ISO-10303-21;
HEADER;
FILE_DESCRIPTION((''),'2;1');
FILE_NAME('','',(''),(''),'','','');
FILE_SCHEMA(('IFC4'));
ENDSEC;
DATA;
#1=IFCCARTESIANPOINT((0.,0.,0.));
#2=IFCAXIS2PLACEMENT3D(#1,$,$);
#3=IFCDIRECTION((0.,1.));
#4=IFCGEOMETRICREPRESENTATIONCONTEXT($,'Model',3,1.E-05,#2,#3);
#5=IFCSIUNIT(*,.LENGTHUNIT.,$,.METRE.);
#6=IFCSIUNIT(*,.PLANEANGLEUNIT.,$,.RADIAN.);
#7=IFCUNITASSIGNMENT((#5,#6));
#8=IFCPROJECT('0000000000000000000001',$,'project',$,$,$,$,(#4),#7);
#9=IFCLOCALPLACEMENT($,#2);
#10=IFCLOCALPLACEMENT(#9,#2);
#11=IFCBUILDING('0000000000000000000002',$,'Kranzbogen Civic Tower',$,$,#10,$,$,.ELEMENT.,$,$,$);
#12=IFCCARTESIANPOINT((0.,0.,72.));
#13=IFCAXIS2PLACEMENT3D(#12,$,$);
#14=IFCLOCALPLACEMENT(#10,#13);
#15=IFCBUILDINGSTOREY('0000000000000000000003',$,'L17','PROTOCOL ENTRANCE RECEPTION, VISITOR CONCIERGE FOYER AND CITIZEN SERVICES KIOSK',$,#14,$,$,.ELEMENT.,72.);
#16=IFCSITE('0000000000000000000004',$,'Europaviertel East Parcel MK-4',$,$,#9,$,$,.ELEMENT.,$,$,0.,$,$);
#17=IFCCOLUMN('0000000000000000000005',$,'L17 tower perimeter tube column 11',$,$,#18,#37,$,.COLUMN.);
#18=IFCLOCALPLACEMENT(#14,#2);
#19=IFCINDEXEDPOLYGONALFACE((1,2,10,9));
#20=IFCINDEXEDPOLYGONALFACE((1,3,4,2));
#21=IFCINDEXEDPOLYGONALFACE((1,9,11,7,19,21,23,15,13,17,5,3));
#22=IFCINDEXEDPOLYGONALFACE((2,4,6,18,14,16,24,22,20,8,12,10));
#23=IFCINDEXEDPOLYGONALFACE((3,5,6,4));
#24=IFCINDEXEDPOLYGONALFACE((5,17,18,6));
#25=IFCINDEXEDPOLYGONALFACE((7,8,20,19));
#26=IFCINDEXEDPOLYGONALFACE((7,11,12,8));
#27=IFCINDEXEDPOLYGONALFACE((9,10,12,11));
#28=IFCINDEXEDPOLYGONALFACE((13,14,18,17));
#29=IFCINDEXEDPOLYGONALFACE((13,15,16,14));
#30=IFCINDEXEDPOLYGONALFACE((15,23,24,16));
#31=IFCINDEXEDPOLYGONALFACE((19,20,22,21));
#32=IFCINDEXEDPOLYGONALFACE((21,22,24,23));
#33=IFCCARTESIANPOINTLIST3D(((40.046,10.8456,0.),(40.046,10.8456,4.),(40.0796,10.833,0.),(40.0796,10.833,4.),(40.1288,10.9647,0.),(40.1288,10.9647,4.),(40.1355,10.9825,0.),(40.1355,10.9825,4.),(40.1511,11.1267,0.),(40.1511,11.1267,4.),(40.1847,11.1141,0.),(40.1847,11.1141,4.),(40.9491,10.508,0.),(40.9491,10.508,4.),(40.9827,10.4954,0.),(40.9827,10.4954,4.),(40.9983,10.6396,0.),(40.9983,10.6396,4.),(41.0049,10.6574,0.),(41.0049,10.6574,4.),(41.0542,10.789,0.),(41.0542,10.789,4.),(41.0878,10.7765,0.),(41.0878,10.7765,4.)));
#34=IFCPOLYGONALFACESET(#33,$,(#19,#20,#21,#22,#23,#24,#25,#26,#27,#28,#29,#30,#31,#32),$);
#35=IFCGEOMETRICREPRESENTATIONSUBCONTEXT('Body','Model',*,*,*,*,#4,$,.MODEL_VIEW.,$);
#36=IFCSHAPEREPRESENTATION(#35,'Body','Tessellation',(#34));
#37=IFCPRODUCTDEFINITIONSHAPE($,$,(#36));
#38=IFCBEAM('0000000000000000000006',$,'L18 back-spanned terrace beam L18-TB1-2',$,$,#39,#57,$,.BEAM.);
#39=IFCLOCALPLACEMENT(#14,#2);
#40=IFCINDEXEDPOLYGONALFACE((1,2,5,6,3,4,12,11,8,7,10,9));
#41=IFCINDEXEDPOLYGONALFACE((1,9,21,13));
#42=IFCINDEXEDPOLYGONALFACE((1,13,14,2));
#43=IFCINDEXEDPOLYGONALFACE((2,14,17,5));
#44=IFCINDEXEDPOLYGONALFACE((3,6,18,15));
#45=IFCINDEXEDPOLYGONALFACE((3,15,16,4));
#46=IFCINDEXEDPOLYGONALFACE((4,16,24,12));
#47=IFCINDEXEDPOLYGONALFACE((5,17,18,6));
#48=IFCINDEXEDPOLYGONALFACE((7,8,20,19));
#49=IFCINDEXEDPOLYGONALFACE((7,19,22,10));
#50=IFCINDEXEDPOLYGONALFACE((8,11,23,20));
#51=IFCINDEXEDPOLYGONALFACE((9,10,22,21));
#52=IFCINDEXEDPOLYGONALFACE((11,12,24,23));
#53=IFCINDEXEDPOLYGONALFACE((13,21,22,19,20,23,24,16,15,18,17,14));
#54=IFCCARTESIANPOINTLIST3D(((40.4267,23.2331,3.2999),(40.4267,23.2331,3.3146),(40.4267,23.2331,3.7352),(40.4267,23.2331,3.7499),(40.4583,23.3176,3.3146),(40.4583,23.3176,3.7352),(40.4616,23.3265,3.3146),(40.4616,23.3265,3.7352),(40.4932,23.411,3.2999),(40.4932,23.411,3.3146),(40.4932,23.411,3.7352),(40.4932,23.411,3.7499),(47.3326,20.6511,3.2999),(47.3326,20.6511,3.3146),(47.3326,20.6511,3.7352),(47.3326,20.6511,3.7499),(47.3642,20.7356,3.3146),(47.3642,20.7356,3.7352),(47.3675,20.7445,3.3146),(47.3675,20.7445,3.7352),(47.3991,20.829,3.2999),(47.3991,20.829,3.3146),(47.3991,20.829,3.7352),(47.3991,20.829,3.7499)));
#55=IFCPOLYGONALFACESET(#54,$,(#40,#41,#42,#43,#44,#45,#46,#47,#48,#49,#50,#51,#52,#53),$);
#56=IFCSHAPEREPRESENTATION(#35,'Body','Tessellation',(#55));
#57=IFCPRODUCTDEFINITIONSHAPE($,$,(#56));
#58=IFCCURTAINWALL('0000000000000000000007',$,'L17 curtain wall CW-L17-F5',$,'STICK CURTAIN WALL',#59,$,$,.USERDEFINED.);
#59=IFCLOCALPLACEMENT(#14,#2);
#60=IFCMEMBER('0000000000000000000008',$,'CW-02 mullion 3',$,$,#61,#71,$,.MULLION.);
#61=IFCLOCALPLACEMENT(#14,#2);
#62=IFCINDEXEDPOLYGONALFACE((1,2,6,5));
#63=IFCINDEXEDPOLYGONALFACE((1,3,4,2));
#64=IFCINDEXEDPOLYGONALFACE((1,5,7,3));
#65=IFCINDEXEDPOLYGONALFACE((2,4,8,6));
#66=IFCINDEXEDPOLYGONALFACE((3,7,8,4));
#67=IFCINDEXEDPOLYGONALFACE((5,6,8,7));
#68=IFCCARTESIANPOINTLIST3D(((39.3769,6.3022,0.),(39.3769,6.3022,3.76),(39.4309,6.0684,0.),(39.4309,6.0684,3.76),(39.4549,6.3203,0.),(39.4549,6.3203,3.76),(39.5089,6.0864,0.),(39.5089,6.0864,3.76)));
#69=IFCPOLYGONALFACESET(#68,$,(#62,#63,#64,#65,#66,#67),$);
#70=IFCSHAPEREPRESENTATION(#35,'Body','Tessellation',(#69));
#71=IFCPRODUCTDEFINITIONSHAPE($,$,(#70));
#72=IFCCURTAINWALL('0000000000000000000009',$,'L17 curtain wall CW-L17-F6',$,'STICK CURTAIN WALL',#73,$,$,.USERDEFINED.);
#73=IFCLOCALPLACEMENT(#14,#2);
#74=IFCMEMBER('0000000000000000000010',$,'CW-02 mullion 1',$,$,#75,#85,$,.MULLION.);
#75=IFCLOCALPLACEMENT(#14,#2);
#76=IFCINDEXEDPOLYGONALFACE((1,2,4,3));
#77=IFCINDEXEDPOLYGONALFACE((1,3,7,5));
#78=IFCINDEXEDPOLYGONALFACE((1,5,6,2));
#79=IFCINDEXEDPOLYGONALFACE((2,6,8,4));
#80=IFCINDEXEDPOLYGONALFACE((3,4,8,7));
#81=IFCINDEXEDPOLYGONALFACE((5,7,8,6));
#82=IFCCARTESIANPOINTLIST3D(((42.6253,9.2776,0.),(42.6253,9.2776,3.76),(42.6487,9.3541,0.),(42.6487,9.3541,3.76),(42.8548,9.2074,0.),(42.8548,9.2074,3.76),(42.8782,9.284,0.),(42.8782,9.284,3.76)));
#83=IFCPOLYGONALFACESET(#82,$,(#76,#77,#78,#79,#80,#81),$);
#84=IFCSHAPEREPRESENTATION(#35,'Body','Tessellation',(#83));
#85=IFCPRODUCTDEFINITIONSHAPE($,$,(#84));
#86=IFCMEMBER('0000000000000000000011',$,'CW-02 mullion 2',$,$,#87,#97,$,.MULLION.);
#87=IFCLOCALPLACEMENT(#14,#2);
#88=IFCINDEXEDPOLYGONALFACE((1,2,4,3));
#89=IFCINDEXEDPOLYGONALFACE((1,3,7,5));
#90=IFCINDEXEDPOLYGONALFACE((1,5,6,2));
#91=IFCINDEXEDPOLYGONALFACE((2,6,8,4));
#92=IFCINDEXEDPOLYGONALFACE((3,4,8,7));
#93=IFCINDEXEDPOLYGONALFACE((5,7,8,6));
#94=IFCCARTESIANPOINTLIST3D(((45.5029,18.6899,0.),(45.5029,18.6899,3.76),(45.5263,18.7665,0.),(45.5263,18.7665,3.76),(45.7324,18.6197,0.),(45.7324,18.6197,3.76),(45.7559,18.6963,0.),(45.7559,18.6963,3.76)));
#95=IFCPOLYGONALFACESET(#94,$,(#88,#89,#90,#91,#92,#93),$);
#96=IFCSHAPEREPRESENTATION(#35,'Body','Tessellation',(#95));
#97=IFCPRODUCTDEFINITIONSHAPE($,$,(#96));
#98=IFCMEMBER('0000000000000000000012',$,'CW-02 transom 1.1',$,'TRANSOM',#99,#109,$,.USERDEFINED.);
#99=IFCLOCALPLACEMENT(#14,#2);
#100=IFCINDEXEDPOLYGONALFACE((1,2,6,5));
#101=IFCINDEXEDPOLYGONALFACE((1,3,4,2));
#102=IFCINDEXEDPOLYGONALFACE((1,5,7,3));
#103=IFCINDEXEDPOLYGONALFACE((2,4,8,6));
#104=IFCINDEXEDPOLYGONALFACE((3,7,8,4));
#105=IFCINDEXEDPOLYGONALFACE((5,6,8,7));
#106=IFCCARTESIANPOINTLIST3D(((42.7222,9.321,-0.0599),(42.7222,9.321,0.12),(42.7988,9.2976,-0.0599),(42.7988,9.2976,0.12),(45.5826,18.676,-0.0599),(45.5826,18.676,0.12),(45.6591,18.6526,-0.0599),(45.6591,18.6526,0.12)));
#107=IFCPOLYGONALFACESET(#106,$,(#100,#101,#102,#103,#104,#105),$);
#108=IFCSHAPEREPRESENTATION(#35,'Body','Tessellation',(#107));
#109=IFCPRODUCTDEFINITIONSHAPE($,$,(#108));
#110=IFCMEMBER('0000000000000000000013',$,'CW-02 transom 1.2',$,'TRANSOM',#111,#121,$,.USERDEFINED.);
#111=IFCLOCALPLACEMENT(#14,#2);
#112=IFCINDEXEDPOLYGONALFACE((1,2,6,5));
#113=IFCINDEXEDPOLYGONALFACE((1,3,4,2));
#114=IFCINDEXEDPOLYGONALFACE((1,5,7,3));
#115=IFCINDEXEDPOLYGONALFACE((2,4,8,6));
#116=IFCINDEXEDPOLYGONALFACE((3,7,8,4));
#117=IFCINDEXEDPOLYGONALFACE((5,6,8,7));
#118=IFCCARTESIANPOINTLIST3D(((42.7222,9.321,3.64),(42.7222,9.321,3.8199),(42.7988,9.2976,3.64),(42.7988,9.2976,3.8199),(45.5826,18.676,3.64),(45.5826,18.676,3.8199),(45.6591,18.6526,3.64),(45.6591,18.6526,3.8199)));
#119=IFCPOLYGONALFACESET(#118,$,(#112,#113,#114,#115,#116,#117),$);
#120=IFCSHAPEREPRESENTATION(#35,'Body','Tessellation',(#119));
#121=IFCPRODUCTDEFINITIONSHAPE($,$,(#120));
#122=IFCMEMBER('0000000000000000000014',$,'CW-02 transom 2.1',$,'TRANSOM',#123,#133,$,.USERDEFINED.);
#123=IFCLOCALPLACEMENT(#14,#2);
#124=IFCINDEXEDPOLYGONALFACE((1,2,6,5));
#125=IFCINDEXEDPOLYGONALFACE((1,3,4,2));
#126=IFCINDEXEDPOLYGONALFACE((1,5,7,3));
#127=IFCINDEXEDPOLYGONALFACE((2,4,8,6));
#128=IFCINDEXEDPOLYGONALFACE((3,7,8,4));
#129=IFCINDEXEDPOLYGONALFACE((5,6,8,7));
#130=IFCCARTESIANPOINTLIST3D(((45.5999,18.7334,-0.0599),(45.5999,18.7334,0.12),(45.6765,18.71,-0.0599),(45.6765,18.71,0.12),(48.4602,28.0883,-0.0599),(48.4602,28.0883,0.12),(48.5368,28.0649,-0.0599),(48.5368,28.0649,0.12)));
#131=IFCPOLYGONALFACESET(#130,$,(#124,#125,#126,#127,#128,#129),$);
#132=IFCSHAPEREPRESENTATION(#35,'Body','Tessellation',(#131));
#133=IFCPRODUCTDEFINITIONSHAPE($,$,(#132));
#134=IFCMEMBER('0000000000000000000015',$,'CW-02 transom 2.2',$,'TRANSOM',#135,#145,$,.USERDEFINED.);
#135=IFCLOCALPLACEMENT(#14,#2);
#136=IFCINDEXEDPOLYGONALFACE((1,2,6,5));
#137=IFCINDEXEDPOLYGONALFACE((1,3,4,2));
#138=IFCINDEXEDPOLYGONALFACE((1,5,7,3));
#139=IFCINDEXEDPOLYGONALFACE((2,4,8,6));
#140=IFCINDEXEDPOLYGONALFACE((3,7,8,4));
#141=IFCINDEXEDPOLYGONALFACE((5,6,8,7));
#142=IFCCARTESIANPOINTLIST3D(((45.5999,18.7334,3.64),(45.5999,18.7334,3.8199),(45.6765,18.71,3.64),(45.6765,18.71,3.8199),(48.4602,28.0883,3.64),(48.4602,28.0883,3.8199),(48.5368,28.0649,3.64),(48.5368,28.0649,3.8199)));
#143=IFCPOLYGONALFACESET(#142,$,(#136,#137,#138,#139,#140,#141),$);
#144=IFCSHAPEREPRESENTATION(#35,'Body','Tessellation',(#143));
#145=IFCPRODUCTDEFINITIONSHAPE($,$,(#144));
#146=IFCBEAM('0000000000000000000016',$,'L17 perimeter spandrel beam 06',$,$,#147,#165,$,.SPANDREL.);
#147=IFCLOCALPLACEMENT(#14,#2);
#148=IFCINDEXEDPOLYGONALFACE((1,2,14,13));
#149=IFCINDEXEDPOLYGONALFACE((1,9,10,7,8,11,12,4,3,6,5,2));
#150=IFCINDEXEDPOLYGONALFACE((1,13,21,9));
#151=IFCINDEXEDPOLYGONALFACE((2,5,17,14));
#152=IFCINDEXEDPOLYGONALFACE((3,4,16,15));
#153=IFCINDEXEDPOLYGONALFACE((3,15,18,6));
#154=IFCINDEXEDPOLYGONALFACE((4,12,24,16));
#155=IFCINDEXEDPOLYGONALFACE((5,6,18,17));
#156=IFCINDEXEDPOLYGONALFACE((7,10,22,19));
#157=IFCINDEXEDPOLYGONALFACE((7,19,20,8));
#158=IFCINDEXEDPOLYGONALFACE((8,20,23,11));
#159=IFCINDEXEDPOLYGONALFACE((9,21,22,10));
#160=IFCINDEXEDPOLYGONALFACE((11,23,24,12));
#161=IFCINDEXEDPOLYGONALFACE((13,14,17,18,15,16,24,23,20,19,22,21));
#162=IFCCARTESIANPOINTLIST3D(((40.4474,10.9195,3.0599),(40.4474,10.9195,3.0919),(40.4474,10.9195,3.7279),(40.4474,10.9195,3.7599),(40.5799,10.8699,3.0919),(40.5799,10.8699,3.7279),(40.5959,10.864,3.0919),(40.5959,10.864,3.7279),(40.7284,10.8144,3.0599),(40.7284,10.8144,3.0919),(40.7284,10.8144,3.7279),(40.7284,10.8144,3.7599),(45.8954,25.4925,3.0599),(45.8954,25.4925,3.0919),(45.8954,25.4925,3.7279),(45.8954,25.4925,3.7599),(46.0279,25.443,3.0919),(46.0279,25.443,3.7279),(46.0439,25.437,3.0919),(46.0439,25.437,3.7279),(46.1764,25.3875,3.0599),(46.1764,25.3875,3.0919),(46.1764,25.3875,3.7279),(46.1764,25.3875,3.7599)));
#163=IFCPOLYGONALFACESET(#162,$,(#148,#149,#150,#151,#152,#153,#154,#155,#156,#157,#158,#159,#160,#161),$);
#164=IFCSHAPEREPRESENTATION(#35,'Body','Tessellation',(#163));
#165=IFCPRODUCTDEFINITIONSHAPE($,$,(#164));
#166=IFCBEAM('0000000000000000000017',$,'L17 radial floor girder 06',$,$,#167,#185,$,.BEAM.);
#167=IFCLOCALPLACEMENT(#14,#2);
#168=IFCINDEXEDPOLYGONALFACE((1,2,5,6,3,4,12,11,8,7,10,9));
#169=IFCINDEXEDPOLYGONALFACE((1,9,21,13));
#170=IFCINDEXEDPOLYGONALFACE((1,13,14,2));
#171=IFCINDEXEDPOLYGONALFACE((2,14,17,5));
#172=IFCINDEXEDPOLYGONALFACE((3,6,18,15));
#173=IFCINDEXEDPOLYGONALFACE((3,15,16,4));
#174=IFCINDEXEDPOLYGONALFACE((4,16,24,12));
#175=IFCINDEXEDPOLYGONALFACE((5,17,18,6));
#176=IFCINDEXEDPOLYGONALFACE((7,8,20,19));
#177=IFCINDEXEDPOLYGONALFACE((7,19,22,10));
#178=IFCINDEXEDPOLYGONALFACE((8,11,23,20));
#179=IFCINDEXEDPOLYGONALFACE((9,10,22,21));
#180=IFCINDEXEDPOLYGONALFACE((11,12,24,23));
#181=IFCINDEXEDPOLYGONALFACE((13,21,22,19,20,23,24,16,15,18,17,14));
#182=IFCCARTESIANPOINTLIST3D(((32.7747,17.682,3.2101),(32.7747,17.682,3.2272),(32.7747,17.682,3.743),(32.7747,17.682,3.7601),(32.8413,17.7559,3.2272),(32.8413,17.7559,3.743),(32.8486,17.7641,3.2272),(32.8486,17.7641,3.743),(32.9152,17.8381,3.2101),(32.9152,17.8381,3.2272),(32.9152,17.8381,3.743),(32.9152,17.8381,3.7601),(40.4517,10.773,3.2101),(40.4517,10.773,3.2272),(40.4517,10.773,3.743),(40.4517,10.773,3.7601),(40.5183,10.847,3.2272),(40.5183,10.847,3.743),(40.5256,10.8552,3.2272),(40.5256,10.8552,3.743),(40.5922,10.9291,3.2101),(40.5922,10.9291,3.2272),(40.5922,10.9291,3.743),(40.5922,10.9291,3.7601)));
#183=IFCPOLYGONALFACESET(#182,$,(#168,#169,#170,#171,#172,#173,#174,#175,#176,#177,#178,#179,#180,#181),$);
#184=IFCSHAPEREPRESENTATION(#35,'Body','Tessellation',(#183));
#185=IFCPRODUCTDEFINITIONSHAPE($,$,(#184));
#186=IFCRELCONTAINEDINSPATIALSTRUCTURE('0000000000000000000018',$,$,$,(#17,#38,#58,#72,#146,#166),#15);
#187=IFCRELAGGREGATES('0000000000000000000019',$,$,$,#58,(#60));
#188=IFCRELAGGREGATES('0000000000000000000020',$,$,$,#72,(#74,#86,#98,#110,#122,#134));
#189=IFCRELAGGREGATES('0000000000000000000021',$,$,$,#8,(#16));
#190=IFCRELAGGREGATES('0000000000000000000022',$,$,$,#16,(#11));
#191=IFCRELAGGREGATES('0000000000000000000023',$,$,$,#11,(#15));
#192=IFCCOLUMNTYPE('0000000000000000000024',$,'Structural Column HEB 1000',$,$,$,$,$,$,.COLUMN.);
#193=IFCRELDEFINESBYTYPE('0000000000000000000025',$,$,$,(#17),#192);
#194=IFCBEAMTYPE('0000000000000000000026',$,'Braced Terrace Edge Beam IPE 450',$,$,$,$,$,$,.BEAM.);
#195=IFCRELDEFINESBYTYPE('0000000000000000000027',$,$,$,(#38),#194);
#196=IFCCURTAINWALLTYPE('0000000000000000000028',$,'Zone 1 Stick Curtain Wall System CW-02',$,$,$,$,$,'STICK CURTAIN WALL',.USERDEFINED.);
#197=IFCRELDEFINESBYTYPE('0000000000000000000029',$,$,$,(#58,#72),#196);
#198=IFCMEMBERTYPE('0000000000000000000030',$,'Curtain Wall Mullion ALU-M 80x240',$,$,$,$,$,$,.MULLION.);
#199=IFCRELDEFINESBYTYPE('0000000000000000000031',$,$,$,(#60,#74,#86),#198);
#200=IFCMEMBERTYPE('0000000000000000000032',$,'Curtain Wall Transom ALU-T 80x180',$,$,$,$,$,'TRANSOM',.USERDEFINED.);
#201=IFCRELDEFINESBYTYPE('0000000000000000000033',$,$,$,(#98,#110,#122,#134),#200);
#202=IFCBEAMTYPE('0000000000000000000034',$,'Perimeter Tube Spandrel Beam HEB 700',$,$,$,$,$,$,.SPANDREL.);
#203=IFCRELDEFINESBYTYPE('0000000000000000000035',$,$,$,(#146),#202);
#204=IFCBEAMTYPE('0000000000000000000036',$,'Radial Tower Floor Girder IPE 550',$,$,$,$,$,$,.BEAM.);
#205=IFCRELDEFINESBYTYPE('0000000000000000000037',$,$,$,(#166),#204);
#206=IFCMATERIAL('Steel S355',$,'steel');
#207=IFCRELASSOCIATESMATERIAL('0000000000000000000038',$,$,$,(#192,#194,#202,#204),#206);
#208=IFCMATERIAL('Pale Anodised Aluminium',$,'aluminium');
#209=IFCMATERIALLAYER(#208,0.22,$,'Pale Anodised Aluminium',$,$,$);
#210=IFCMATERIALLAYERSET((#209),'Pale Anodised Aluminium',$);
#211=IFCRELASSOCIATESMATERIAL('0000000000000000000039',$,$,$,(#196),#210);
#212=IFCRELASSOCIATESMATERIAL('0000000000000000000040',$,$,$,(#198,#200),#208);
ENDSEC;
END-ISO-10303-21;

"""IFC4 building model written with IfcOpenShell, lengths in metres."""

from ifc_helpers import new_model, si_unit, direction, frame, origin, origin_2d, place, context, subcontext, project, spatial, rectangle, i_section, extrude, material, layer, layer_set, material_profile, profile_set, type_object, element, aggregate, save


model = new_model("IFC4")

# Units and contexts
model_context = context("Model", 3, precision=1e-05, world=origin(), true_north=direction((0.0, 1.0)))
body_context = subcontext(model_context, "Body", "Model", "MODEL_VIEW")
ifc_project = project(units=[si_unit("LENGTHUNIT", "METRE"), si_unit("PLANEANGLEUNIT", "RADIAN")], contexts=[model_context])

# Site, building, storey
site_placement = place(None, origin())
site = spatial("IfcSite", under=ifc_project, at=site_placement, Name="Europaviertel East Parcel MK-4", CompositionType="ELEMENT", RefElevation=0.0)
building_placement = place(site_placement, origin())
building = spatial("IfcBuilding", under=site, at=building_placement, Name="Kranzbogen Civic Tower", CompositionType="ELEMENT")
storey_placement = place(building_placement, frame((0.0, 0.0, 72.0)))
storey = spatial("IfcBuildingStorey", under=building, at=storey_placement, Name="L17", Description="PROTOCOL ENTRANCE RECEPTION, VISITOR CONCIERGE FOYER AND CITIZEN SERVICES KIOSK", CompositionType="ELEMENT", Elevation=72.0)

# Column
ifc_material_1 = material(Name="Steel S355", Category="steel")
ifc_material_profile_1 = material_profile(ifc_material_1, i_section(OverallWidth=0.3, OverallDepth=1.0, WebThickness=0.019, FlangeThickness=0.0359, at=origin_2d()), Name="HEB 1000")
ifc_profile_set_1 = profile_set([ifc_material_profile_1], Name="Steel S355")
column_type = type_object("IfcColumnType", Name="Structural Column HEB 1000", PredefinedType="COLUMN", material=ifc_profile_set_1)
column_placement = place(storey_placement, frame((40.5669, 10.811, 0.0), z_axis=(0.0, 0.0, 1.0), x_axis=(0.350207, 0.936672, 0.0)))
element("IfcColumn", 1, at=column_placement, inside=storey, type_object=column_type, Name="L17 tower perimeter tube column 11", PredefinedType="COLUMN", context=body_context, shape_type="SweptSolid", body=[
    extrude(i_section(OverallWidth=0.3, OverallDepth=1.0, WebThickness=0.019, FlangeThickness=0.0359, at=origin_2d()), origin(), (0.0, 0.0, 1.0), 4.0),
])

# Beam
ifc_material_profile_2 = material_profile(ifc_material_1, i_section(OverallWidth=0.1899, OverallDepth=0.45, WebThickness=0.0095, FlangeThickness=0.0146, at=origin_2d()), Name="IPE 450")
ifc_profile_set_2 = profile_set([ifc_material_profile_2], Name="Steel S355")
beam_type_1 = type_object("IfcBeamType", Name="Braced Terrace Edge Beam IPE 450", PredefinedType="BEAM", material=ifc_profile_set_2)
beam_1_placement = place(storey_placement, frame((40.46, 23.322, 3.5249), z_axis=(0.936673, -0.350205, 0.0), x_axis=(0.350205, 0.936673, 0.0)))
element("IfcBeam", 2, at=beam_1_placement, inside=storey, type_object=beam_type_1, Name="L18 back-spanned terrace beam L18-TB1-2", PredefinedType="BEAM", context=body_context, shape_type="SweptSolid", body=[
    extrude(i_section(OverallWidth=0.1899, OverallDepth=0.45, WebThickness=0.0095, FlangeThickness=0.0146, at=origin_2d()), origin(), (0.0, 0.0, 1.0), 7.3728),
])

# Curtain wall, member
ifc_material_2 = material(Name="Pale Anodised Aluminium", Category="aluminium")
ifc_layer_1 = layer(ifc_material_2, 0.22, Name="Pale Anodised Aluminium")
ifc_layer_set_1 = layer_set([ifc_layer_1], Name="Pale Anodised Aluminium")
curtain_wall_type = type_object("IfcCurtainWallType", Name="Zone 1 Stick Curtain Wall System CW-02", ElementType="STICK CURTAIN WALL", PredefinedType="USERDEFINED", material=ifc_layer_set_1)
curtain_wall_1_placement = place(storey_placement, origin())
curtain_wall_1 = element("IfcCurtainWall", 3, at=curtain_wall_1_placement, inside=storey, type_object=curtain_wall_type, Name="L17 curtain wall CW-L17-F5", ObjectType="STICK CURTAIN WALL", PredefinedType="USERDEFINED")
ifc_material_profile_3 = material_profile(ifc_material_2, rectangle(XDim=0.0801, YDim=0.24, at=origin_2d()), Name="ALU-M 80x240")
ifc_profile_set_3 = profile_set([ifc_material_profile_3], Name="Pale Anodised Aluminium")
member_type_1 = type_object("IfcMemberType", Name="Curtain Wall Mullion ALU-M 80x240", PredefinedType="MULLION", material=ifc_profile_set_3)
member_1_placement = place(storey_placement, frame((39.4429, 6.1943, 0.0), z_axis=(0.0, 0.0, 1.0), x_axis=(0.974364, 0.224978, 0.0)))
member_1 = element("IfcMember", 4, at=member_1_placement, type_object=member_type_1, Name="CW-02 mullion 3", PredefinedType="MULLION", context=body_context, shape_type="SweptSolid", body=[
    extrude(rectangle(XDim=0.0801, YDim=0.24, at=origin_2d()), origin(), (0.0, 0.0, 1.0), 3.76),
])
aggregate(curtain_wall_1, [member_1])

# Curtain wall, members
curtain_wall_2_placement = place(storey_placement, origin())
curtain_wall_2 = element("IfcCurtainWall", 5, at=curtain_wall_2_placement, inside=storey, type_object=curtain_wall_type, Name="L17 curtain wall CW-L17-F6", ObjectType="STICK CURTAIN WALL", PredefinedType="USERDEFINED")
member_2_placement = place(storey_placement, frame((42.7517, 9.2808, 0.0), z_axis=(0.0, 0.0, 1.0), x_axis=(0.292381, 0.956302, 0.0)))
member_2 = element("IfcMember", 6, at=member_2_placement, type_object=member_type_1, Name="CW-02 mullion 1", PredefinedType="MULLION", context=body_context, shape_type="SweptSolid", body=[
    extrude(rectangle(XDim=0.0801, YDim=0.24, at=origin_2d()), origin(), (0.0, 0.0, 1.0), 3.76),
])
member_3_placement = place(storey_placement, frame((45.6294, 18.6931, 0.0), z_axis=(0.0, 0.0, 1.0), x_axis=(0.292381, 0.956302, 0.0)))
member_3 = element("IfcMember", 7, at=member_3_placement, type_object=member_type_1, Name="CW-02 mullion 2", PredefinedType="MULLION", context=body_context, shape_type="SweptSolid", body=[
    extrude(rectangle(XDim=0.0801, YDim=0.24, at=origin_2d()), origin(), (0.0, 0.0, 1.0), 3.76),
])
ifc_material_profile_4 = material_profile(ifc_material_2, rectangle(XDim=0.0801, YDim=0.1799, at=origin_2d()), Name="ALU-T 80x180")
ifc_profile_set_4 = profile_set([ifc_material_profile_4], Name="Pale Anodised Aluminium")
member_type_2 = type_object("IfcMemberType", Name="Curtain Wall Transom ALU-T 80x180", ElementType="TRANSOM", PredefinedType="USERDEFINED", material=ifc_profile_set_4)
member_4_placement = place(storey_placement, frame((42.7605, 9.3093, 0.03), z_axis=(0.292395, 0.956298, 0.0), x_axis=(-0.956298, 0.292395, 0.0)))
member_4 = element("IfcMember", 8, at=member_4_placement, type_object=member_type_2, Name="CW-02 transom 1.1", ObjectType="TRANSOM", PredefinedType="USERDEFINED", context=body_context, shape_type="SweptSolid", body=[
    extrude(rectangle(XDim=0.0801, YDim=0.1799, at=origin_2d()), origin(), (0.0, 0.0, 1.0), 9.7825),
])
member_5_placement = place(storey_placement, frame((42.7605, 9.3093, 3.73), z_axis=(0.292395, 0.956298, 0.0), x_axis=(-0.956298, 0.292395, 0.0)))
member_5 = element("IfcMember", 9, at=member_5_placement, type_object=member_type_2, Name="CW-02 transom 1.2", ObjectType="TRANSOM", PredefinedType="USERDEFINED", context=body_context, shape_type="SweptSolid", body=[
    extrude(rectangle(XDim=0.0801, YDim=0.1799, at=origin_2d()), origin(), (0.0, 0.0, 1.0), 9.7825),
])
member_6_placement = place(storey_placement, frame((45.6382, 18.7217, 0.03), z_axis=(0.292395, 0.956298, 0.0), x_axis=(-0.956298, 0.292395, 0.0)))
member_6 = element("IfcMember", 10, at=member_6_placement, type_object=member_type_2, Name="CW-02 transom 2.1", ObjectType="TRANSOM", PredefinedType="USERDEFINED", context=body_context, shape_type="SweptSolid", body=[
    extrude(rectangle(XDim=0.0801, YDim=0.1799, at=origin_2d()), origin(), (0.0, 0.0, 1.0), 9.7825),
])
member_7_placement = place(storey_placement, frame((45.6382, 18.7217, 3.73), z_axis=(0.292395, 0.956298, 0.0), x_axis=(-0.956298, 0.292395, 0.0)))
member_7 = element("IfcMember", 11, at=member_7_placement, type_object=member_type_2, Name="CW-02 transom 2.2", ObjectType="TRANSOM", PredefinedType="USERDEFINED", context=body_context, shape_type="SweptSolid", body=[
    extrude(rectangle(XDim=0.0801, YDim=0.1799, at=origin_2d()), origin(), (0.0, 0.0, 1.0), 9.7825),
])

# Beams
ifc_material_profile_5 = material_profile(ifc_material_1, i_section(OverallWidth=0.3, OverallDepth=0.7, WebThickness=0.0171, FlangeThickness=0.032, at=origin_2d()), Name="HEB 700")
ifc_profile_set_5 = profile_set([ifc_material_profile_5], Name="Steel S355")
beam_type_2 = type_object("IfcBeamType", Name="Perimeter Tube Spandrel Beam HEB 700", PredefinedType="SPANDREL", material=ifc_profile_set_5)
beam_2_placement = place(storey_placement, frame((40.5879, 10.8669, 3.4099), z_axis=(0.350172, 0.936685, 0.0), x_axis=(-0.936685, 0.350172, 0.0)))
element("IfcBeam", 12, at=beam_2_placement, inside=storey, type_object=beam_type_2, Name="L17 perimeter spandrel beam 06", PredefinedType="SPANDREL", context=body_context, shape_type="SweptSolid", body=[
    extrude(i_section(OverallWidth=0.3, OverallDepth=0.7, WebThickness=0.0171, FlangeThickness=0.032, at=origin_2d()), origin(), (0.0, 0.0, 1.0), 15.5581),
])
ifc_material_profile_6 = material_profile(ifc_material_1, i_section(OverallWidth=0.21, OverallDepth=0.55, WebThickness=0.011, FlangeThickness=0.0171, at=origin_2d()), Name="IPE 550")
ifc_profile_set_6 = profile_set([ifc_material_profile_6], Name="Steel S355")
beam_type_3 = type_object("IfcBeamType", Name="Radial Tower Floor Girder IPE 550", PredefinedType="BEAM", material=ifc_profile_set_6)
beam_3_placement = place(storey_placement, frame((40.522, 10.8511, 3.4851), z_axis=(-0.743312, 0.668945, 0.0), x_axis=(-0.668945, -0.743312, 0.0)))
element("IfcBeam", 13, at=beam_3_placement, inside=storey, type_object=beam_type_3, Name="L17 radial floor girder 06", PredefinedType="BEAM", context=body_context, shape_type="SweptSolid", body=[
    extrude(i_section(OverallWidth=0.21, OverallDepth=0.55, WebThickness=0.011, FlangeThickness=0.0171, at=origin_2d()), origin(), (0.0, 0.0, 1.0), 10.3281),
])

aggregate(curtain_wall_2, [member_2, member_3, member_4, member_5, member_6, member_7])

save(model, "model.ifc")
